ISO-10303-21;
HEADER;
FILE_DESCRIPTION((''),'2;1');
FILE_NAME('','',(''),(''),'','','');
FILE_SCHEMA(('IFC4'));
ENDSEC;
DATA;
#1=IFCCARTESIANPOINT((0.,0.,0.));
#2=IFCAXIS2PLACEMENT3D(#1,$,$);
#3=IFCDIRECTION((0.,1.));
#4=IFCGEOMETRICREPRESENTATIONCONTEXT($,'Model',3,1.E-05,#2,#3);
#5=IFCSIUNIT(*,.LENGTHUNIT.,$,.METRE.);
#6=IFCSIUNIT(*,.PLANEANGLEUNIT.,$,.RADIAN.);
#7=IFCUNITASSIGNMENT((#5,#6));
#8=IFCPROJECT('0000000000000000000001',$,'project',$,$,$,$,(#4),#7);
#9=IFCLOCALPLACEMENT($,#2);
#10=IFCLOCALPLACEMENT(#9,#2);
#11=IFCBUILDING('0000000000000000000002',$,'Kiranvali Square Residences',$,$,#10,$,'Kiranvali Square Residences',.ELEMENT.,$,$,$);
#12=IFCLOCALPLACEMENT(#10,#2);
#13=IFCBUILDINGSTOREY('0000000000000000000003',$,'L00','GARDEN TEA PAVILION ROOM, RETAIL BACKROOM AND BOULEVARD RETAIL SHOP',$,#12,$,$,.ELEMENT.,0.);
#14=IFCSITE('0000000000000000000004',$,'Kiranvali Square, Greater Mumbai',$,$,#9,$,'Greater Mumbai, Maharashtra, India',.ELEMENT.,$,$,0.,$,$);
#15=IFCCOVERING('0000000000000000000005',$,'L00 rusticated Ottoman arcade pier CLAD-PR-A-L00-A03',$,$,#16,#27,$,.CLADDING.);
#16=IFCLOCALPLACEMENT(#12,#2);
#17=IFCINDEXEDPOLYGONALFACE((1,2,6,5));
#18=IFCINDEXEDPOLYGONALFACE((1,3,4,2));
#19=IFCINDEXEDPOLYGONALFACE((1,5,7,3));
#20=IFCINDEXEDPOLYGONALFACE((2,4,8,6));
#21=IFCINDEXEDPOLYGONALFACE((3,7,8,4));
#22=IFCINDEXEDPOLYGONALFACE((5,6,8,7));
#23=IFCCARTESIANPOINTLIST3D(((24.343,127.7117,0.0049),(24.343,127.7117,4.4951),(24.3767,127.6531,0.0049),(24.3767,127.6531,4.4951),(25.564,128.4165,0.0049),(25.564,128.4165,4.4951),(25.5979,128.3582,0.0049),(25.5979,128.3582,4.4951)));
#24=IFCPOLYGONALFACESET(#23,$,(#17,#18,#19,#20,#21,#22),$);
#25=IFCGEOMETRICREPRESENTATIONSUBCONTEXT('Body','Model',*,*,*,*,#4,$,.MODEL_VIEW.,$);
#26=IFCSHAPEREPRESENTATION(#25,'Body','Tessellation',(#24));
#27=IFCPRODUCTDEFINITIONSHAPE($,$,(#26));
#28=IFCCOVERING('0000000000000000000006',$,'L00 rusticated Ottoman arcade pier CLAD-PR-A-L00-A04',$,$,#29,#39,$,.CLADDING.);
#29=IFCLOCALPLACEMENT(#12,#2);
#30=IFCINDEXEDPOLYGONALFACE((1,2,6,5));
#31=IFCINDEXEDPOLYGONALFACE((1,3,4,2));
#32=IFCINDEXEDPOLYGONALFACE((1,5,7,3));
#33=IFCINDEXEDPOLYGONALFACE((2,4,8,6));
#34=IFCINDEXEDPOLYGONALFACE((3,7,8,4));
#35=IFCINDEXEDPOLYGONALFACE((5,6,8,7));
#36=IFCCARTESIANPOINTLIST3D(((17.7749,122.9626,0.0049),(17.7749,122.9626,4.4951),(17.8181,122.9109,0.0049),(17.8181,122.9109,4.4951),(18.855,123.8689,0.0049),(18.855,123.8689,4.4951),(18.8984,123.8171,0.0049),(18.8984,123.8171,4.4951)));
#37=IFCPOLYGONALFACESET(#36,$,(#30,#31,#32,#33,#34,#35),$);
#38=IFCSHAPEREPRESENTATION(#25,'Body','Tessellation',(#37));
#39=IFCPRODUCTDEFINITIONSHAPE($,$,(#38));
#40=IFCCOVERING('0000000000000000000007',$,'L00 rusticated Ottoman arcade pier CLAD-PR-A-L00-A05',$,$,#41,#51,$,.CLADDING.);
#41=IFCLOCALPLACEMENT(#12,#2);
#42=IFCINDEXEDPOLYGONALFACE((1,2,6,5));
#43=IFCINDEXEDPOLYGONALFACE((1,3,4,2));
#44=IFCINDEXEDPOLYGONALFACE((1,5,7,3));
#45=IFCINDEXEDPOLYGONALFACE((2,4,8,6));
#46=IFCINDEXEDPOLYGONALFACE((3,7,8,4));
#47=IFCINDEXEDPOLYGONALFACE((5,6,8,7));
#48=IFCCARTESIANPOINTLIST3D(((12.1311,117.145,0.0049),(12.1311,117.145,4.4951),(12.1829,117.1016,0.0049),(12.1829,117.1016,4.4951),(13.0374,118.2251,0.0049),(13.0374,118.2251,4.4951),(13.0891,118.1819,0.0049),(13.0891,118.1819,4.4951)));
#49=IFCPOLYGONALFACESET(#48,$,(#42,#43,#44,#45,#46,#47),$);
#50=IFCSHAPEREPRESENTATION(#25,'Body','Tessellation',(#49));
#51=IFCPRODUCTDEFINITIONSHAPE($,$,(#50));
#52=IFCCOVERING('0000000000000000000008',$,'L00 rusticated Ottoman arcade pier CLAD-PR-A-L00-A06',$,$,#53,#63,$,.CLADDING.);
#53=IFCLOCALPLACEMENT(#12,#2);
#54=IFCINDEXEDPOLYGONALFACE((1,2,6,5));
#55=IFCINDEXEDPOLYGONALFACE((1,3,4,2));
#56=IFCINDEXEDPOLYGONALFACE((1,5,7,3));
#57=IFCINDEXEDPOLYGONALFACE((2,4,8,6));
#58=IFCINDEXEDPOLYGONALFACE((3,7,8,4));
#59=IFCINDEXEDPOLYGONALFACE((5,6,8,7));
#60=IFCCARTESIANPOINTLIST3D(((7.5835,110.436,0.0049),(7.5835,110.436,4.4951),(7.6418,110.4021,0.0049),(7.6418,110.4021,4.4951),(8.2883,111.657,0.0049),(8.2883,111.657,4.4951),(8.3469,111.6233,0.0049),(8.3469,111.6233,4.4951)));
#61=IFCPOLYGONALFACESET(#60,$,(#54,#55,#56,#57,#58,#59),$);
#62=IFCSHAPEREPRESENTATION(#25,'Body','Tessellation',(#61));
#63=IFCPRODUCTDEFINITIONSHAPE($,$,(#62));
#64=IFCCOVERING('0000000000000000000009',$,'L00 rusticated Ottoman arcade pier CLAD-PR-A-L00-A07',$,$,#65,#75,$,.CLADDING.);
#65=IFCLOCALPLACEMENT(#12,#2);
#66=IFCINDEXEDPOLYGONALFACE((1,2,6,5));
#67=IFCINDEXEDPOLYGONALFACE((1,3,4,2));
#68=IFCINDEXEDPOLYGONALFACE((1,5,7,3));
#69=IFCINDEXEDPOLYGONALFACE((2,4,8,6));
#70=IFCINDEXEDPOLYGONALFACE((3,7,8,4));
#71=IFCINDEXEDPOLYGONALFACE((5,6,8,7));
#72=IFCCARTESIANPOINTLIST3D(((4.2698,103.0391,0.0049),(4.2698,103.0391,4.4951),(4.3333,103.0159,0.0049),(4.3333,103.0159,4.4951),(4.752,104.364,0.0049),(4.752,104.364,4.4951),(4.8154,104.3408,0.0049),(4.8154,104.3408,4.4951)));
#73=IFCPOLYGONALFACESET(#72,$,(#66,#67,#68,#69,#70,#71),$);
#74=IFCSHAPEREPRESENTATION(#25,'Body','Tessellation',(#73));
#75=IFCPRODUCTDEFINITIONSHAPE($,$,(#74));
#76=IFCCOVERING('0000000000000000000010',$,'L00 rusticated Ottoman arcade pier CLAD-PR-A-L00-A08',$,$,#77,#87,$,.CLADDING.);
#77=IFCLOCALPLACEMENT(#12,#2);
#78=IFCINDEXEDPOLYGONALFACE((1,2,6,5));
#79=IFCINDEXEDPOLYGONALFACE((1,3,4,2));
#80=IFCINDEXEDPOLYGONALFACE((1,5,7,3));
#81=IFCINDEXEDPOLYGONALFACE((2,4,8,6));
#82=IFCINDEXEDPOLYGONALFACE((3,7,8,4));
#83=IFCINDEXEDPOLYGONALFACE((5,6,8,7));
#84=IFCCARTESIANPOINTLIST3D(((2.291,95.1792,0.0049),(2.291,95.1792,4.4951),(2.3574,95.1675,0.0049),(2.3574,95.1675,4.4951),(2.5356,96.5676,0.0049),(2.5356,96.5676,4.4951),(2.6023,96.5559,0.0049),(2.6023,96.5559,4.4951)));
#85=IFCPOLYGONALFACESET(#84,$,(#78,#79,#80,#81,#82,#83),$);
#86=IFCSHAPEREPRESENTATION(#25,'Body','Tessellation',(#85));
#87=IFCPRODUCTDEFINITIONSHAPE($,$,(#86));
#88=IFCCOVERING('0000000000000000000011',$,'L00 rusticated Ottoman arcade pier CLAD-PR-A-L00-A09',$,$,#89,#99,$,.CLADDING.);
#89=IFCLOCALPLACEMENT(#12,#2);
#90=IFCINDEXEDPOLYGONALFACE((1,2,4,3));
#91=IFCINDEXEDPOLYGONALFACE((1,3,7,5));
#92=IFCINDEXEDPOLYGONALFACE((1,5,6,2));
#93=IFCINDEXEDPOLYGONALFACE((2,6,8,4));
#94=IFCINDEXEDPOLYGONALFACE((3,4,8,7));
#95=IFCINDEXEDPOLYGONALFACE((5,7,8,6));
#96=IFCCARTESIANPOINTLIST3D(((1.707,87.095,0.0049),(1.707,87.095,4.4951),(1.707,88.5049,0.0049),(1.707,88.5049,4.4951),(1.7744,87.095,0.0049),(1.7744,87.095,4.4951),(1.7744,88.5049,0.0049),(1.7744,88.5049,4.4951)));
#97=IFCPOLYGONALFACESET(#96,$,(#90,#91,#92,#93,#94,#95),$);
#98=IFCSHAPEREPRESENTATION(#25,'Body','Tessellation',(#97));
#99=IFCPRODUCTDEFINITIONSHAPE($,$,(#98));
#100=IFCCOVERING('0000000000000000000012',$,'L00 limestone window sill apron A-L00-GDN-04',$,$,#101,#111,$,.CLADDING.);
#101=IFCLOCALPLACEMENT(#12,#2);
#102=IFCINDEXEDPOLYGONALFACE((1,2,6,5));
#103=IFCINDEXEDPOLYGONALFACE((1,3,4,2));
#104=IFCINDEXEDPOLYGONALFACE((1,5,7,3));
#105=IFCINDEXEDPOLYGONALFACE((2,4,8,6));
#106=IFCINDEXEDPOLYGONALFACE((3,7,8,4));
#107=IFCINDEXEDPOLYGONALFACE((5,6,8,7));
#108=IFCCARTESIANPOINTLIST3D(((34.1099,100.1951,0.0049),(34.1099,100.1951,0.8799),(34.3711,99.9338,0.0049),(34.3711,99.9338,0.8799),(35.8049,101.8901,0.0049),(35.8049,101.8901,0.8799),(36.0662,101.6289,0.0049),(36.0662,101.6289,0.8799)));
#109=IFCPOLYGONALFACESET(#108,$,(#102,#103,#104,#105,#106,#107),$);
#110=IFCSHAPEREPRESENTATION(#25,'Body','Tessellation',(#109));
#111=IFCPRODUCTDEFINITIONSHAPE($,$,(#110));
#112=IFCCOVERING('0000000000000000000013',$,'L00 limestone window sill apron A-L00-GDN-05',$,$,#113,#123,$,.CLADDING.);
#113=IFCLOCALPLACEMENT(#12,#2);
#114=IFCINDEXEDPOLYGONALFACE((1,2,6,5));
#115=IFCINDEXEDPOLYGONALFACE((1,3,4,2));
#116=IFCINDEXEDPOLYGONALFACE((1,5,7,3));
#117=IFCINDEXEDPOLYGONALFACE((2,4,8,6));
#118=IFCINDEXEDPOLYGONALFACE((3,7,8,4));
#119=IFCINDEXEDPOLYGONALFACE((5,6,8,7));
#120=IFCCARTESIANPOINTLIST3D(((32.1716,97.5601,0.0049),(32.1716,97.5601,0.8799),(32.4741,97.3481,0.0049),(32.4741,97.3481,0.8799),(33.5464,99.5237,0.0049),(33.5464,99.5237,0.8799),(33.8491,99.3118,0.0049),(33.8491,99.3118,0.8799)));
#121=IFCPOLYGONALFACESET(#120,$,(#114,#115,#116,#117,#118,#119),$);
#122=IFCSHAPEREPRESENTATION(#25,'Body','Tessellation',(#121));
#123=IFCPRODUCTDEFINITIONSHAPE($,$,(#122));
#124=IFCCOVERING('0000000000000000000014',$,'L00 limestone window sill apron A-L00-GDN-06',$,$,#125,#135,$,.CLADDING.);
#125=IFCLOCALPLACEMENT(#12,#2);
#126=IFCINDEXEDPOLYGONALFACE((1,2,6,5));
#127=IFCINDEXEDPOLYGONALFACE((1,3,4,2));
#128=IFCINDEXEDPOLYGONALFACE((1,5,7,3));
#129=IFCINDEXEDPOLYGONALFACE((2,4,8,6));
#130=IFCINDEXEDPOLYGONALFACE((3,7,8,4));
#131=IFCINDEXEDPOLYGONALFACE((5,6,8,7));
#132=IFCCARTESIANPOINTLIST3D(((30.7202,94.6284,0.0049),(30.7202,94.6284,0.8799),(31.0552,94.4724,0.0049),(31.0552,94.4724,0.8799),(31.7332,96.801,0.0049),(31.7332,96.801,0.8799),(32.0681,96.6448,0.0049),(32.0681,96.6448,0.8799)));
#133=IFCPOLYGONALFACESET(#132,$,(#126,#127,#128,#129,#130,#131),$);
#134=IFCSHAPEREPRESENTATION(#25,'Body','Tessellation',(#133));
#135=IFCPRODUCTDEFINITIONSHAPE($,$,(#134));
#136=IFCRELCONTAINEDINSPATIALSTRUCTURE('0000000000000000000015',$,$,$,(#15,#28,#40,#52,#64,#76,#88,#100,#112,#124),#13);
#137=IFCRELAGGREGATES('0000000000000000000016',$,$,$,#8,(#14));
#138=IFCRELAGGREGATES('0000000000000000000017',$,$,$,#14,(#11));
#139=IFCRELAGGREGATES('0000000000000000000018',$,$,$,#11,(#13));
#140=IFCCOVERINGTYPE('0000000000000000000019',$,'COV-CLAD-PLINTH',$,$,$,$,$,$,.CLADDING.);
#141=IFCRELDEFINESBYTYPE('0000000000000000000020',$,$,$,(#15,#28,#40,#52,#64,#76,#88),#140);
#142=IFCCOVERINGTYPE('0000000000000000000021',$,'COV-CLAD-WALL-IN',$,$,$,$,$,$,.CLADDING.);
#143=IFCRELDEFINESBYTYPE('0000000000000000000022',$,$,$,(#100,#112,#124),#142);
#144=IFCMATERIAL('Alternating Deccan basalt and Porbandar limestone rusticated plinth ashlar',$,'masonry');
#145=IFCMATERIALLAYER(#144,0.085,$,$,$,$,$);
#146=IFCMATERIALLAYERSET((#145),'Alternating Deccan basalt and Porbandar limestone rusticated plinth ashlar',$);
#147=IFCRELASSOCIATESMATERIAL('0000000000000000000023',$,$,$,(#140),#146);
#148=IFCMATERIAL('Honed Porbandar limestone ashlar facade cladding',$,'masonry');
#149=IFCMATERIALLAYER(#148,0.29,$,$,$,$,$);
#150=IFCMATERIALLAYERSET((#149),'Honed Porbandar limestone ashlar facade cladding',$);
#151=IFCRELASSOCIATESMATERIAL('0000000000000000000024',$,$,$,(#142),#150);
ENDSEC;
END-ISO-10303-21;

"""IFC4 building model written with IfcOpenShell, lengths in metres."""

from ifc_helpers import new_model, si_unit, direction, frame, origin, place, context, subcontext, project, spatial, polyline, outline, extrude, material, layer, layer_set, type_object, element, save


model = new_model("IFC4")

# Units and contexts
model_context = context("Model", 3, precision=1e-05, world=origin(), true_north=direction((0.0, 1.0)))
body_context = subcontext(model_context, "Body", "Model", "MODEL_VIEW")
ifc_project = project(units=[si_unit("LENGTHUNIT", "METRE"), si_unit("PLANEANGLEUNIT", "RADIAN")], contexts=[model_context])

# Site, building, storey
site_placement = place(None, origin())
site = spatial("IfcSite", under=ifc_project, at=site_placement, Name="Kiranvali Square, Greater Mumbai", LongName="Greater Mumbai, Maharashtra, India", CompositionType="ELEMENT", RefElevation=0.0)
building_placement = place(site_placement, origin())
building = spatial("IfcBuilding", under=site, at=building_placement, Name="Kiranvali Square Residences", LongName="Kiranvali Square Residences", CompositionType="ELEMENT")
storey_placement = place(building_placement, origin())
storey = spatial("IfcBuildingStorey", under=building, at=storey_placement, Name="L00", Description="GARDEN TEA PAVILION ROOM, RETAIL BACKROOM AND BOULEVARD RETAIL SHOP", CompositionType="ELEMENT", Elevation=0.0)

# Coverings
ifc_material_1 = material(Name="Honed Porbandar limestone ashlar facade cladding", Category="masonry")
ifc_material_2 = material(Name="Alternating Deccan basalt and Porbandar limestone rusticated plinth ashlar", Category="masonry")
ifc_layer_1 = layer(ifc_material_2, 0.085)
ifc_layer_set_1 = layer_set([ifc_layer_1], Name="Alternating Deccan basalt and Porbandar limestone rusticated plinth ashlar")
covering_type_1 = type_object("IfcCoveringType", Name="COV-CLAD-PLINTH", PredefinedType="CLADDING", material=ifc_layer_set_1)
covering_1_placement = place(storey_placement, frame((0.0, 0.0, 0.0049)))
element("IfcCovering", 1, at=covering_1_placement, inside=storey, type_object=covering_type_1, Name="L00 rusticated Ottoman arcade pier CLAD-PR-A-L00-A03", PredefinedType="CLADDING", context=body_context, shape_type="SweptSolid", body=[
    extrude(outline(polyline([(25.564, 128.4165), (24.343, 127.7117), (24.3767, 127.6531), (25.5979, 128.3582), (25.564, 128.4165)])), origin(), (0.0, 0.0, 1.0), 4.4902),
])
covering_2_placement = place(storey_placement, frame((0.0, 0.0, 0.0049)))
element("IfcCovering", 2, at=covering_2_placement, inside=storey, type_object=covering_type_1, Name="L00 rusticated Ottoman arcade pier CLAD-PR-A-L00-A04", PredefinedType="CLADDING", context=body_context, shape_type="SweptSolid", body=[
    extrude(outline(polyline([(18.855, 123.8689), (17.7749, 122.9626), (17.8181, 122.9109), (18.8984, 123.8171), (18.855, 123.8689)])), origin(), (0.0, 0.0, 1.0), 4.4902),
])
covering_3_placement = place(storey_placement, frame((0.0, 0.0, 0.0049)))
element("IfcCovering", 3, at=covering_3_placement, inside=storey, type_object=covering_type_1, Name="L00 rusticated Ottoman arcade pier CLAD-PR-A-L00-A05", PredefinedType="CLADDING", context=body_context, shape_type="SweptSolid", body=[
    extrude(outline(polyline([(13.0374, 118.2251), (12.1311, 117.145), (12.1829, 117.1016), (13.0891, 118.1819), (13.0374, 118.2251)])), origin(), (0.0, 0.0, 1.0), 4.4902),
])
covering_4_placement = place(storey_placement, frame((0.0, 0.0, 0.0049)))
element("IfcCovering", 4, at=covering_4_placement, inside=storey, type_object=covering_type_1, Name="L00 rusticated Ottoman arcade pier CLAD-PR-A-L00-A06", PredefinedType="CLADDING", context=body_context, shape_type="SweptSolid", body=[
    extrude(outline(polyline([(8.2883, 111.657), (7.5835, 110.436), (7.6418, 110.4021), (8.3469, 111.6233), (8.2883, 111.657)])), origin(), (0.0, 0.0, 1.0), 4.4902),
])
covering_5_placement = place(storey_placement, frame((0.0, 0.0, 0.0049)))
element("IfcCovering", 5, at=covering_5_placement, inside=storey, type_object=covering_type_1, Name="L00 rusticated Ottoman arcade pier CLAD-PR-A-L00-A07", PredefinedType="CLADDING", context=body_context, shape_type="SweptSolid", body=[
    extrude(outline(polyline([(4.752, 104.364), (4.2698, 103.0391), (4.3333, 103.0159), (4.8154, 104.3408), (4.752, 104.364)])), origin(), (0.0, 0.0, 1.0), 4.4902),
])
covering_6_placement = place(storey_placement, frame((0.0, 0.0, 0.0049)))
element("IfcCovering", 6, at=covering_6_placement, inside=storey, type_object=covering_type_1, Name="L00 rusticated Ottoman arcade pier CLAD-PR-A-L00-A08", PredefinedType="CLADDING", context=body_context, shape_type="SweptSolid", body=[
    extrude(outline(polyline([(2.5356, 96.5676), (2.291, 95.1792), (2.3574, 95.1675), (2.6023, 96.5559), (2.5356, 96.5676)])), origin(), (0.0, 0.0, 1.0), 4.4902),
])
covering_7_placement = place(storey_placement, frame((0.0, 0.0, 0.0049)))
element("IfcCovering", 7, at=covering_7_placement, inside=storey, type_object=covering_type_1, Name="L00 rusticated Ottoman arcade pier CLAD-PR-A-L00-A09", PredefinedType="CLADDING", context=body_context, shape_type="SweptSolid", body=[
    extrude(outline(polyline([(1.707, 88.5049), (1.707, 87.095), (1.7744, 87.095), (1.7744, 88.5049), (1.707, 88.5049)])), origin(), (0.0, 0.0, 1.0), 4.4902),
])
ifc_layer_2 = layer(ifc_material_1, 0.29)
ifc_layer_set_2 = layer_set([ifc_layer_2], Name="Honed Porbandar limestone ashlar facade cladding")
covering_type_2 = type_object("IfcCoveringType", Name="COV-CLAD-WALL-IN", PredefinedType="CLADDING", material=ifc_layer_set_2)
covering_8_placement = place(storey_placement, frame((0.0, 0.0, 0.0049)))
element("IfcCovering", 8, at=covering_8_placement, inside=storey, type_object=covering_type_2, Name="L00 limestone window sill apron A-L00-GDN-04", PredefinedType="CLADDING", context=body_context, shape_type="SweptSolid", body=[
    extrude(outline(polyline([(35.8049, 101.8901), (34.1099, 100.1951), (34.3711, 99.9338), (36.0662, 101.6289), (35.8049, 101.8901)])), origin(), (0.0, 0.0, 1.0), 0.875),
])
covering_9_placement = place(storey_placement, frame((0.0, 0.0, 0.0049)))
element("IfcCovering", 9, at=covering_9_placement, inside=storey, type_object=covering_type_2, Name="L00 limestone window sill apron A-L00-GDN-05", PredefinedType="CLADDING", context=body_context, shape_type="SweptSolid", body=[
    extrude(outline(polyline([(33.5464, 99.5237), (32.1716, 97.5601), (32.4741, 97.3481), (33.8491, 99.3118), (33.5464, 99.5237)])), origin(), (0.0, 0.0, 1.0), 0.875),
])
covering_10_placement = place(storey_placement, frame((0.0, 0.0, 0.0049)))
element("IfcCovering", 10, at=covering_10_placement, inside=storey, type_object=covering_type_2, Name="L00 limestone window sill apron A-L00-GDN-06", PredefinedType="CLADDING", context=body_context, shape_type="SweptSolid", body=[
    extrude(outline(polyline([(31.7332, 96.801), (30.7202, 94.6284), (31.0552, 94.4724), (32.0681, 96.6448), (31.7332, 96.801)])), origin(), (0.0, 0.0, 1.0), 0.875),
])

save(model, "model.ifc")
